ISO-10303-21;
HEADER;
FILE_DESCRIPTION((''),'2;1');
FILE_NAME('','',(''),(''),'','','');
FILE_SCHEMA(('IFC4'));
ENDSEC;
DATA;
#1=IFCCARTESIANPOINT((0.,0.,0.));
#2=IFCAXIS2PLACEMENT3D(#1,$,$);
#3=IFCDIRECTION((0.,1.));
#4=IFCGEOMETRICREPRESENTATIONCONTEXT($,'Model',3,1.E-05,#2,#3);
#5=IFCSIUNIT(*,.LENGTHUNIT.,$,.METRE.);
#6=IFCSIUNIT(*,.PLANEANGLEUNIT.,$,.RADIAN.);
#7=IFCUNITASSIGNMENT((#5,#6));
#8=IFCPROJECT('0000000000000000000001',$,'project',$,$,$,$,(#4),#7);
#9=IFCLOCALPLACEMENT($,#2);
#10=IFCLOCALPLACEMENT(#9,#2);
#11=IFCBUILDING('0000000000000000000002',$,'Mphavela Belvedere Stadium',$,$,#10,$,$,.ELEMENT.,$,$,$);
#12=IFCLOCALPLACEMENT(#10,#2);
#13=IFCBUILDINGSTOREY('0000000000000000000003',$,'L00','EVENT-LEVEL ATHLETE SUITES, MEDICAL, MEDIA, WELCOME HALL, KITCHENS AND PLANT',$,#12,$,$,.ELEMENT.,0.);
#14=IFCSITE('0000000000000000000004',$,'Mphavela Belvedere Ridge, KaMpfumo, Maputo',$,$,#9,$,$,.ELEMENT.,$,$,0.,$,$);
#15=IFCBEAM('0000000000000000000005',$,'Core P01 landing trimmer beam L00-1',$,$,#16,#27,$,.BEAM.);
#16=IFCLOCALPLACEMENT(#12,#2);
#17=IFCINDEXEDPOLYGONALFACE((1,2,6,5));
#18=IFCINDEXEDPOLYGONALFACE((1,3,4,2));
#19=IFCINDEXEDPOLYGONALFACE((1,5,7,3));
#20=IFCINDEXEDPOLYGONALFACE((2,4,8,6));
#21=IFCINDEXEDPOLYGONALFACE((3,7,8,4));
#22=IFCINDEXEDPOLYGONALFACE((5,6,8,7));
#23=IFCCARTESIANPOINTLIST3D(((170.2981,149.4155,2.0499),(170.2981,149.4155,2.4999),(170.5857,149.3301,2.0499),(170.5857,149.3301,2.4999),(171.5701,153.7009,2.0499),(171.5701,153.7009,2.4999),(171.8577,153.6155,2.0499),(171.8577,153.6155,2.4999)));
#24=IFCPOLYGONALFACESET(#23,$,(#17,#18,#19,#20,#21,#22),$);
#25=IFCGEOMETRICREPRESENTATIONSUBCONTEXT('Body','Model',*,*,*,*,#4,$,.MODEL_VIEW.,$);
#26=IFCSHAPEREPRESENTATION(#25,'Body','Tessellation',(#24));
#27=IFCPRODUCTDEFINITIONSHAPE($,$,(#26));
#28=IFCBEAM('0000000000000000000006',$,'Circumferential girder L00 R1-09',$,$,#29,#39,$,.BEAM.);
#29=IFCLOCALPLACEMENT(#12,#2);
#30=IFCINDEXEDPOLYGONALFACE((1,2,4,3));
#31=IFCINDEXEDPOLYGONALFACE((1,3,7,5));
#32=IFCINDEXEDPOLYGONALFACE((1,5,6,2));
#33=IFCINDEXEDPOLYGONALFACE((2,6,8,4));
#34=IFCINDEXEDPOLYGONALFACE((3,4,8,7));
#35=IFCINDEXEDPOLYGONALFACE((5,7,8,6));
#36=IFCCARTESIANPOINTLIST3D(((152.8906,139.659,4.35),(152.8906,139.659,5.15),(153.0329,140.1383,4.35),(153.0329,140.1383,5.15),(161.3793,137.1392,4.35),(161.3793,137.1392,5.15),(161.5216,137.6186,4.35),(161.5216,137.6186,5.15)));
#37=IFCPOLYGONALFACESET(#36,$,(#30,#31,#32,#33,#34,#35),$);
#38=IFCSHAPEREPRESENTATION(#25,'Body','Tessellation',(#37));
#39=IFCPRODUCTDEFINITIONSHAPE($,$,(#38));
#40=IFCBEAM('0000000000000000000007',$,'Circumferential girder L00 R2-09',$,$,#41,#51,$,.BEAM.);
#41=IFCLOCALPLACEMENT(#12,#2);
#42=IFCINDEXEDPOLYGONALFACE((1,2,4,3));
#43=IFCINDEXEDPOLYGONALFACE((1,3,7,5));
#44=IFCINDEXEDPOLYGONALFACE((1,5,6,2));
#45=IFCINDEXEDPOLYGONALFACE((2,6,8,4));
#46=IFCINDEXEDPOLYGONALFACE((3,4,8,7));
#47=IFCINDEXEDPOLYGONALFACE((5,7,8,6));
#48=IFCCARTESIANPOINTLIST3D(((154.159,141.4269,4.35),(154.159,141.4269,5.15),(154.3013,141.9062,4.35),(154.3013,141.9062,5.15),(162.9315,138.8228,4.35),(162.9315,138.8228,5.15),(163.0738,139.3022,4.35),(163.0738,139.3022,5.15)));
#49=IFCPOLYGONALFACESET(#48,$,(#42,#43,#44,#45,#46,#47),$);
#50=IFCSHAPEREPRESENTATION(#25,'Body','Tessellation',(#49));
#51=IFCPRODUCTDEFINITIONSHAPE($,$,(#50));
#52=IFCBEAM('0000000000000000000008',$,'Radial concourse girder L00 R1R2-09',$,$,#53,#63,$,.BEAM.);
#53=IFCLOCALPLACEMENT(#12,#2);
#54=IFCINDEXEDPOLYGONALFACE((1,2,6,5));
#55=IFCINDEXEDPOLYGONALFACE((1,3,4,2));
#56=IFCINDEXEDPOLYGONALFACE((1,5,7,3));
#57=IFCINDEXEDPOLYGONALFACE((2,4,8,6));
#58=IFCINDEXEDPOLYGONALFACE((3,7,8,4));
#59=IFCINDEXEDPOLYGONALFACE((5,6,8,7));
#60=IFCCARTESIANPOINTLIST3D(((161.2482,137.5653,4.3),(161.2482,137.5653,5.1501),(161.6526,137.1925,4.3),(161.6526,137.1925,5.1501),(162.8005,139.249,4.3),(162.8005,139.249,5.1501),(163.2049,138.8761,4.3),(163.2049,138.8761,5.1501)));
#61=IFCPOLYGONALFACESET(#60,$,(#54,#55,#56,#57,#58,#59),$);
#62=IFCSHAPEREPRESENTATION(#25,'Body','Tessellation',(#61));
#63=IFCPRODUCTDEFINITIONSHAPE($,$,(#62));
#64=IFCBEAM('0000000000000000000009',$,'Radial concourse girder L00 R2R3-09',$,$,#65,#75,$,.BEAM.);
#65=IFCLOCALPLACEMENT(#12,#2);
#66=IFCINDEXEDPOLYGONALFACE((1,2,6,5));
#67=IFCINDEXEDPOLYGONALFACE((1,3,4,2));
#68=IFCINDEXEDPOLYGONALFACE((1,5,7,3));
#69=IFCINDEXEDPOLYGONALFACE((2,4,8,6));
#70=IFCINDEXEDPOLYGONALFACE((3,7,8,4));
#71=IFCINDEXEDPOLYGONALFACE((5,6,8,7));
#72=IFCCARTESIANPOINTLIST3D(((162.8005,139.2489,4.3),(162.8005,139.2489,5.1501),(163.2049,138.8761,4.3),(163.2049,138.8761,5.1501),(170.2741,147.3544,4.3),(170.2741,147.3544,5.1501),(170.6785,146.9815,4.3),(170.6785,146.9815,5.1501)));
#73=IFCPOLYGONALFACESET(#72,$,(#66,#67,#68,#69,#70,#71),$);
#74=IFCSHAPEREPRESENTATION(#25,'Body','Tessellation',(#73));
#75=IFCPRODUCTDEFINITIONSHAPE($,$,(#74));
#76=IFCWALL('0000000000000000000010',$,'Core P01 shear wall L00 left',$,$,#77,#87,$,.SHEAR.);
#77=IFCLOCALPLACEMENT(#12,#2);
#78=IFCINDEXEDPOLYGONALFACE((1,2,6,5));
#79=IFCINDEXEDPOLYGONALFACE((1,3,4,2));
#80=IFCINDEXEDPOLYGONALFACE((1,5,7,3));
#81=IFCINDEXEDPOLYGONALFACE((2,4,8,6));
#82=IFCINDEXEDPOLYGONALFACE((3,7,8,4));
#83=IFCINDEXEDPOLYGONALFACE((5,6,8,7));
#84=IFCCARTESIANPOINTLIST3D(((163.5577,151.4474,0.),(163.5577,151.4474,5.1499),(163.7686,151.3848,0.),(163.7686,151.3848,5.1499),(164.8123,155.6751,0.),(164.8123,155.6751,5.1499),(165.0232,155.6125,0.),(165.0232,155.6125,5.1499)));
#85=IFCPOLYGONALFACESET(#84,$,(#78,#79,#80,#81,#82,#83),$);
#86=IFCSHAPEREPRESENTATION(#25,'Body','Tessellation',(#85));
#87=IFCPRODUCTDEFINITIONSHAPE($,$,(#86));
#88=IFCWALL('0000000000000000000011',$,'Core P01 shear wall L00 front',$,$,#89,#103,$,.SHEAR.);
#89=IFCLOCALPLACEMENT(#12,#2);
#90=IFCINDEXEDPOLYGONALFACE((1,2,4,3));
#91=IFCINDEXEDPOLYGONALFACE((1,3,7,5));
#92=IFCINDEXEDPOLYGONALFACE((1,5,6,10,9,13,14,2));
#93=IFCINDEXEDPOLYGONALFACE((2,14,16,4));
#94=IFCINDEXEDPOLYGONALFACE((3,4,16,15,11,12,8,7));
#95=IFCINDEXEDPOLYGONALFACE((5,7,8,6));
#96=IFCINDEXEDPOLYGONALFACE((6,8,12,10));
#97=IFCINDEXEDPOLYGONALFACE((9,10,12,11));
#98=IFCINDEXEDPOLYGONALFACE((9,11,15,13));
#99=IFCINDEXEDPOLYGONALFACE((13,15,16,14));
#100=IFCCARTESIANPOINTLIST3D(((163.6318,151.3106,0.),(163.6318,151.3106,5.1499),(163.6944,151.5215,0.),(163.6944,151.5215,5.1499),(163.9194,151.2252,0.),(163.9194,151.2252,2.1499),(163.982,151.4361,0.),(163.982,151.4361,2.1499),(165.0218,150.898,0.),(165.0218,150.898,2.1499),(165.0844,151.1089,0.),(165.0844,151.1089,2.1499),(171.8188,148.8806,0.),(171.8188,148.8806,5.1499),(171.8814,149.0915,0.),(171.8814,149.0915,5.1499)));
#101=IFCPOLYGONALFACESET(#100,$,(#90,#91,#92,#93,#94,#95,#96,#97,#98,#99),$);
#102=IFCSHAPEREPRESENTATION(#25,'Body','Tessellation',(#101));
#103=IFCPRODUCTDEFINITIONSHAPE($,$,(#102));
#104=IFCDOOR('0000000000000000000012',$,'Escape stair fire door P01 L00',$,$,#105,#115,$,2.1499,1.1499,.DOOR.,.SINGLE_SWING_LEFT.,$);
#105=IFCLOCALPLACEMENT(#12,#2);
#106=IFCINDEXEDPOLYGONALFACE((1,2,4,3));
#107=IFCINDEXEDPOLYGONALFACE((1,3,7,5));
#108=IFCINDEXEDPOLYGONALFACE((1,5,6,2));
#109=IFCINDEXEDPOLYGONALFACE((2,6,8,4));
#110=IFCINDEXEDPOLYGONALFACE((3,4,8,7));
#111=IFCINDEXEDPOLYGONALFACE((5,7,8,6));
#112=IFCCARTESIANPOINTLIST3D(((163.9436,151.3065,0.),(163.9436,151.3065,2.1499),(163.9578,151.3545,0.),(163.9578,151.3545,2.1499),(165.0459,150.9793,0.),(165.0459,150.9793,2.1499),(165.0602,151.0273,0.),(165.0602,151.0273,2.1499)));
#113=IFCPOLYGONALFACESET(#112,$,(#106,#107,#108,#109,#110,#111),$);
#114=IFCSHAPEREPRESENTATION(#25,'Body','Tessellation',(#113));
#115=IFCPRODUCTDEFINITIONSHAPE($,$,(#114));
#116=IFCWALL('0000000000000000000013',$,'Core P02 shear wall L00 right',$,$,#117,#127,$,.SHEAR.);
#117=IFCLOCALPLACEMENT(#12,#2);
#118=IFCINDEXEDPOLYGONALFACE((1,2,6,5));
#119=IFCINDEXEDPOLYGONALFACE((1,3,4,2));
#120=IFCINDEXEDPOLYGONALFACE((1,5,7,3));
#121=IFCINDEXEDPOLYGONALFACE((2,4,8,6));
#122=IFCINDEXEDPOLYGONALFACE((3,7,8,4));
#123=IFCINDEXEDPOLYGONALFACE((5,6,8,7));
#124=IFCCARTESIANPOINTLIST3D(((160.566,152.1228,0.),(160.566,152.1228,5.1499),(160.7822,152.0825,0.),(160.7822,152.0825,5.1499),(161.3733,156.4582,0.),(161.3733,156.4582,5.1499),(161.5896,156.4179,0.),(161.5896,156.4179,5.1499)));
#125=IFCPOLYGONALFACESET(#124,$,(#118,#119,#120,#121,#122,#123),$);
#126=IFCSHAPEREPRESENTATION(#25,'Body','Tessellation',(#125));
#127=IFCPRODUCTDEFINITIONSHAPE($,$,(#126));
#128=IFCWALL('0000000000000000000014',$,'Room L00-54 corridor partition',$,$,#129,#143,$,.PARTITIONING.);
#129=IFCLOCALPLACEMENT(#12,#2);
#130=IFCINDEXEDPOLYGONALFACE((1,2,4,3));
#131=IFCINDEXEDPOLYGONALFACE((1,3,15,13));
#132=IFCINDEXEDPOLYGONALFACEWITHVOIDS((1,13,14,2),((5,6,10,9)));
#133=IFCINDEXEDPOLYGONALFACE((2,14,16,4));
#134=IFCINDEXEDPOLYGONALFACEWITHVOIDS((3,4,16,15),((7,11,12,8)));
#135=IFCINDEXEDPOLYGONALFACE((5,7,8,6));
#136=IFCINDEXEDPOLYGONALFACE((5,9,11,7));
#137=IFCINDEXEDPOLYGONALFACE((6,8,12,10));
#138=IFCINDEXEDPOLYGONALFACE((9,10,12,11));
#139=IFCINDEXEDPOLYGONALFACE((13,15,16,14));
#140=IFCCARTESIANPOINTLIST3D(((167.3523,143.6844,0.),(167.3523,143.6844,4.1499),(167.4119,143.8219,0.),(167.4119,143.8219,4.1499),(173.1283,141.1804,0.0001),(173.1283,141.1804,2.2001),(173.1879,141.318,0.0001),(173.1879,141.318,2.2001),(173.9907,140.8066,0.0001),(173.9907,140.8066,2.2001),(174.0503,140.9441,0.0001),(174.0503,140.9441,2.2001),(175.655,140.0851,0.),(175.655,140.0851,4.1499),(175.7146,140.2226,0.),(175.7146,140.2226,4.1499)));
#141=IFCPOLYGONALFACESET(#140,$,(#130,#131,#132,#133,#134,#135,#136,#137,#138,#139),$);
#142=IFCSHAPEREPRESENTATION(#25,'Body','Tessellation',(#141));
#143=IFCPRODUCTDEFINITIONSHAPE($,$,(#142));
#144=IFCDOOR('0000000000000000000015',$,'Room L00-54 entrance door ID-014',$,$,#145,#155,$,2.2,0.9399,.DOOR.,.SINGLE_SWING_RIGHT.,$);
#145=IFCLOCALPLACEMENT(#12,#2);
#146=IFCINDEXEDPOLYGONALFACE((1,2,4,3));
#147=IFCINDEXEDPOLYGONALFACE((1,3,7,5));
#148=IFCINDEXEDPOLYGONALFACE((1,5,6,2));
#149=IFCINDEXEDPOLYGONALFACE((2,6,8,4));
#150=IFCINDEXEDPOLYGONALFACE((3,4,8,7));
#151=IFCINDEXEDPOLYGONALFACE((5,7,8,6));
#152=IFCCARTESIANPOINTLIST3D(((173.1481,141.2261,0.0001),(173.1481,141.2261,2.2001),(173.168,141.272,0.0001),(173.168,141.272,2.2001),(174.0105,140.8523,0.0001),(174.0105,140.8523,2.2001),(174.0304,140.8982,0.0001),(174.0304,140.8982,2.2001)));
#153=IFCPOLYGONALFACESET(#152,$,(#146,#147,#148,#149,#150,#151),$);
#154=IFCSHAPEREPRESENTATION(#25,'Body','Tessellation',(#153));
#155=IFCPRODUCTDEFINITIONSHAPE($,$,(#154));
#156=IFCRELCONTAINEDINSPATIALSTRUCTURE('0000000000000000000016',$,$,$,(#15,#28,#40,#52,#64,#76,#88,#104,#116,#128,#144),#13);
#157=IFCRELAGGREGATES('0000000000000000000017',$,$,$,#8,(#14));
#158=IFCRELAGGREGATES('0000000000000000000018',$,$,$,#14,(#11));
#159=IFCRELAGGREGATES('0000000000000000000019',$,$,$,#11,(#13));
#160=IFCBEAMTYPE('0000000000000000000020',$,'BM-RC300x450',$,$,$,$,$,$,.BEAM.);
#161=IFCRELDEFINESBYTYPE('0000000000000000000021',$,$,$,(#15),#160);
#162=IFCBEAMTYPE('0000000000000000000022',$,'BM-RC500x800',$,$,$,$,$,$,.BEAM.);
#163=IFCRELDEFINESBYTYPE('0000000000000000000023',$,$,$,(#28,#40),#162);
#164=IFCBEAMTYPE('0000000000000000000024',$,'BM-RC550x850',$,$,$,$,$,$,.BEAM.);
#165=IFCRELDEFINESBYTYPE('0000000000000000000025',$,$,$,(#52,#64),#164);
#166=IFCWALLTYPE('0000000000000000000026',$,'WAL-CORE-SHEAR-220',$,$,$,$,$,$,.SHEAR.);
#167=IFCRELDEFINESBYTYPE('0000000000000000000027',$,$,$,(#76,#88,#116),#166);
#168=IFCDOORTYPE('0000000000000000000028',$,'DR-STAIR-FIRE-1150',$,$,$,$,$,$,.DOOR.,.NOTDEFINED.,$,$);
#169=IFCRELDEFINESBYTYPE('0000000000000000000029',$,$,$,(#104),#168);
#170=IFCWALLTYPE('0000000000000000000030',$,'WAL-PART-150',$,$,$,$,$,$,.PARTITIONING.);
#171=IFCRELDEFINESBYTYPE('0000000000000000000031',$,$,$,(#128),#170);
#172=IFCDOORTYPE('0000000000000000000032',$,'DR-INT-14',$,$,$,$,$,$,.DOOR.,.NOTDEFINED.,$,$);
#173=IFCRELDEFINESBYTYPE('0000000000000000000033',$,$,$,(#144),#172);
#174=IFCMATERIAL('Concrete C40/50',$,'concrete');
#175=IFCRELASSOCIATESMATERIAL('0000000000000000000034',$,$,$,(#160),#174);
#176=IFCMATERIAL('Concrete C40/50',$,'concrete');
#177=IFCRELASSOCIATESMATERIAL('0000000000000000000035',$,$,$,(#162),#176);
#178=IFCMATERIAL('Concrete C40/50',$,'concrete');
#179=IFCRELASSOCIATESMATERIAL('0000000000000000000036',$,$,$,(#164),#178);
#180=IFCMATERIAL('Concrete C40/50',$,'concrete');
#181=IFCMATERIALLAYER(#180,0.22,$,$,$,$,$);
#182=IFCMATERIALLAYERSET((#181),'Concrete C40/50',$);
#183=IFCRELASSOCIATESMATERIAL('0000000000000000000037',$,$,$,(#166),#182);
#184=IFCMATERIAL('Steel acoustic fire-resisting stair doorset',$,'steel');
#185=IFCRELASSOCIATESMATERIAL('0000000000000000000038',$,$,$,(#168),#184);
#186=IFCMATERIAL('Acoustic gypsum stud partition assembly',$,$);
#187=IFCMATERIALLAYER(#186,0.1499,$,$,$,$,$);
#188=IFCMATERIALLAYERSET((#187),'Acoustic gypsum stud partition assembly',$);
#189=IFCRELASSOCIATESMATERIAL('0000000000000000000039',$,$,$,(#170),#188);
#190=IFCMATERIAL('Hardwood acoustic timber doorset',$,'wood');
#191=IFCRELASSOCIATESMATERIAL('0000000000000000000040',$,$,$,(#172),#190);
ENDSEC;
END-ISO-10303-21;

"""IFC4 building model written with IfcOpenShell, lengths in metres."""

from ifc_helpers import new_model, si_unit, direction, frame, frame_2d, origin, origin_2d, place, context, subcontext, project, spatial, rectangle, extrude, material, layer, layer_set, material_profile, profile_set, type_object, element, fill, save


model = new_model("IFC4")

# Units and contexts
model_context = context("Model", 3, precision=1e-05, world=origin(), true_north=direction((0.0, 1.0)))
body_context = subcontext(model_context, "Body", "Model", "MODEL_VIEW")
ifc_project = project(units=[si_unit("LENGTHUNIT", "METRE"), si_unit("PLANEANGLEUNIT", "RADIAN")], contexts=[model_context])

# Site, building, storey
site_placement = place(None, origin())
site = spatial("IfcSite", under=ifc_project, at=site_placement, Name="Mphavela Belvedere Ridge, KaMpfumo, Maputo", CompositionType="ELEMENT", RefElevation=0.0)
building_placement = place(site_placement, origin())
building = spatial("IfcBuilding", under=site, at=building_placement, Name="Mphavela Belvedere Stadium", CompositionType="ELEMENT")
storey_placement = place(building_placement, origin())
storey = spatial("IfcBuildingStorey", under=building, at=storey_placement, Name="L00", Description="EVENT-LEVEL ATHLETE SUITES, MEDICAL, MEDIA, WELCOME HALL, KITCHENS AND PLANT", CompositionType="ELEMENT", Elevation=0.0)

# Beams
ifc_material_1 = material(Name="Concrete C40/50", Category="concrete")
ifc_material_profile_1 = material_profile(ifc_material_1, rectangle(XDim=0.3, YDim=0.45, at=origin_2d()), Name="RC 300x450")
ifc_profile_set_1 = profile_set([ifc_material_profile_1], Name="Concrete C40/50")
beam_type_1 = type_object("IfcBeamType", Name="BM-RC300x450", PredefinedType="BEAM", material=ifc_profile_set_1)
beam_1_placement = place(storey_placement, frame((170.4419, 149.3728, 2.2749), z_axis=(0.284546, 0.958662, 0.0), x_axis=(-0.958662, 0.284546, 0.0)))
element("IfcBeam", 1, at=beam_1_placement, inside=storey, type_object=beam_type_1, Name="Core P01 landing trimmer beam L00-1", PredefinedType="BEAM", context=body_context, shape_type="SweptSolid", body=[
    extrude(rectangle(XDim=0.3, YDim=0.45, at=origin_2d()), origin(), (0.0, 0.0, 1.0), 4.4702),
])
ifc_material_2 = material(Name="Concrete C40/50", Category="concrete")
ifc_material_profile_2 = material_profile(ifc_material_2, rectangle(XDim=0.5, YDim=0.8, at=origin_2d()), Name="RC 500x800")
ifc_profile_set_2 = profile_set([ifc_material_profile_2], Name="Concrete C40/50")
beam_type_2 = type_object("IfcBeamType", Name="BM-RC500x800", PredefinedType="BEAM", material=ifc_profile_set_2)
beam_2_placement = place(storey_placement, frame((161.4504, 137.3789, 4.75), z_axis=(-0.958657, 0.284564, 0.0), x_axis=(-0.284564, -0.958657, 0.0)))
element("IfcBeam", 2, at=beam_2_placement, inside=storey, type_object=beam_type_2, Name="Circumferential girder L00 R1-09", PredefinedType="BEAM", context=body_context, shape_type="SweptSolid", body=[
    extrude(rectangle(XDim=0.5, YDim=0.8, at=origin_2d()), origin(), (0.0, 0.0, 1.0), 8.8547),
])
beam_3_placement = place(storey_placement, frame((163.0027, 139.0625, 4.75), z_axis=(-0.958656, 0.284566, 0.0), x_axis=(-0.284566, -0.958656, 0.0)))
element("IfcBeam", 3, at=beam_3_placement, inside=storey, type_object=beam_type_2, Name="Circumferential girder L00 R2-09", PredefinedType="BEAM", context=body_context, shape_type="SweptSolid", body=[
    extrude(rectangle(XDim=0.5, YDim=0.8, at=origin_2d()), origin(), (0.0, 0.0, 1.0), 9.1509),
])
ifc_material_3 = material(Name="Concrete C40/50", Category="concrete")
ifc_material_profile_3 = material_profile(ifc_material_3, rectangle(XDim=0.55, YDim=0.8501, at=origin_2d()), Name="RC 550x850")
ifc_profile_set_3 = profile_set([ifc_material_profile_3], Name="Concrete C40/50")
beam_type_3 = type_object("IfcBeamType", Name="BM-RC550x850", PredefinedType="BEAM", material=ifc_profile_set_3)
beam_4_placement = place(storey_placement, frame((161.4504, 137.3789, 4.7251), z_axis=(0.677846, 0.735204, 0.0), x_axis=(-0.735204, 0.677846, 0.0)))
element("IfcBeam", 4, at=beam_4_placement, inside=storey, type_object=beam_type_3, Name="Radial concourse girder L00 R1R2-09", PredefinedType="BEAM", context=body_context, shape_type="SweptSolid", body=[
    extrude(rectangle(XDim=0.55, YDim=0.8501, at=origin_2d()), origin(), (0.0, 0.0, 1.0), 2.29),
])
beam_5_placement = place(storey_placement, frame((163.0027, 139.0625, 4.7251), z_axis=(0.677872, 0.73518, 0.0), x_axis=(-0.73518, 0.677872, 0.0)))
element("IfcBeam", 5, at=beam_5_placement, inside=storey, type_object=beam_type_3, Name="Radial concourse girder L00 R2R3-09", PredefinedType="BEAM", context=body_context, shape_type="SweptSolid", body=[
    extrude(rectangle(XDim=0.55, YDim=0.8501, at=origin_2d()), origin(), (0.0, 0.0, 1.0), 11.0251),
])

# Wall
ifc_material_4 = material(Name="Concrete C40/50", Category="concrete")
ifc_layer_1 = layer(ifc_material_4, 0.22)
ifc_layer_set_1 = layer_set([ifc_layer_1], Name="Concrete C40/50")
wall_type_1 = type_object("IfcWallType", Name="WAL-CORE-SHEAR-220", PredefinedType="SHEAR", material=ifc_layer_set_1)
wall_1_placement = place(storey_placement, frame((163.6631, 151.416, 0.0), z_axis=(0.0, 0.0, 1.0), x_axis=(0.284497, 0.958677, 0.0)))
element("IfcWall", 6, at=wall_1_placement, inside=storey, type_object=wall_type_1, Name="Core P01 shear wall L00 left", PredefinedType="SHEAR", context=body_context, shape_type="SweptSolid", body=[
    extrude(rectangle(XDim=4.4099, YDim=0.22, at=frame_2d((2.2051, 0.0))), origin(), (0.0, 0.0, 1.0), 5.1499),
])

# Wall, opening, door
wall_2_placement = place(storey_placement, frame((163.6631, 151.416, 0.0), z_axis=(0.0, 0.0, 1.0), x_axis=(0.958666, -0.284535, 0.0)))
wall_2 = element("IfcWall", 7, at=wall_2_placement, inside=storey, type_object=wall_type_1, Name="Core P01 shear wall L00 front", PredefinedType="SHEAR", context=body_context, shape_type="SweptSolid", body=[
    extrude(rectangle(XDim=8.54, YDim=0.22, at=frame_2d((4.27, 0.0))), origin(), (0.0, 0.0, 1.0), 5.1499),
])
opening_1_placement = place(wall_2_placement, frame((0.3, 0.0, 0.0)))
opening_1 = element("IfcOpeningElement", 8, at=opening_1_placement, cuts=wall_2, PredefinedType="OPENING", context=body_context, shape_type="SweptSolid", body=[
    extrude(rectangle(XDim=1.1499, YDim=2.1499, at=frame_2d((0.575, 1.075))), frame((0.0, 0.1201, 0.0), z_axis=(0.0, -1.0, 0.0), x_axis=(1.0, 0.0, 0.0)), (0.0, 0.0, 1.0), 0.24),
])
ifc_material_5 = material(Name="Steel acoustic fire-resisting stair doorset", Category="steel")
door_type_1 = type_object("IfcDoorType", Name="DR-STAIR-FIRE-1150", OperationType="NOTDEFINED", PredefinedType="DOOR", material=ifc_material_5)
door_1_placement = place(opening_1_placement, origin())
door_1 = element("IfcDoor", 9, at=door_1_placement, inside=storey, type_object=door_type_1, Name="Escape stair fire door P01 L00", OperationType="SINGLE_SWING_LEFT", OverallHeight=2.1499, OverallWidth=1.1499, PredefinedType="DOOR", context=body_context, shape_type="SweptSolid", body=[
    extrude(rectangle(XDim=1.1499, YDim=2.1499, at=frame_2d((0.575, 1.075))), frame((0.0, 0.0249, 0.0), z_axis=(0.0, -1.0, 0.0), x_axis=(1.0, 0.0, 0.0)), (0.0, 0.0, 1.0), 0.05),
])
fill(opening_1, door_1)

# Wall
wall_3_placement = place(storey_placement, frame((160.6741, 152.1025, 0.0), z_axis=(0.0, 0.0, 1.0), x_axis=(0.183078, 0.983098, 0.0)))
element("IfcWall", 10, at=wall_3_placement, inside=storey, type_object=wall_type_1, Name="Core P02 shear wall L00 right", PredefinedType="SHEAR", context=body_context, shape_type="SweptSolid", body=[
    extrude(rectangle(XDim=4.4099, YDim=0.22, at=frame_2d((2.2051, 0.0))), origin(), (0.0, 0.0, 1.0), 5.1499),
])

# Wall, opening, door
ifc_material_6 = material(Name="Acoustic gypsum stud partition assembly")
ifc_layer_2 = layer(ifc_material_6, 0.1499)
ifc_layer_set_2 = layer_set([ifc_layer_2], Name="Acoustic gypsum stud partition assembly")
wall_type_2 = type_object("IfcWallType", Name="WAL-PART-150", PredefinedType="PARTITIONING", material=ifc_layer_set_2)
wall_4_placement = place(storey_placement, frame((167.3821, 143.7532, 0.0), z_axis=(0.0, 0.0, 1.0), x_axis=(0.917495, -0.397748, 0.0)))
wall_4 = element("IfcWall", 11, at=wall_4_placement, inside=storey, type_object=wall_type_2, Name="Room L00-54 corridor partition", PredefinedType="PARTITIONING", context=body_context, shape_type="SweptSolid", body=[
    extrude(rectangle(XDim=9.0493, YDim=0.1499, at=frame_2d((4.5247, 0.0))), origin(), (0.0, 0.0, 1.0), 4.1499),
])
opening_2_placement = place(wall_4_placement, frame((6.2954, 0.0, 0.0)))
opening_2 = element("IfcOpeningElement", 12, at=opening_2_placement, cuts=wall_4, PredefinedType="OPENING", context=body_context, shape_type="SweptSolid", body=[
    extrude(rectangle(XDim=0.9399, YDim=2.2, at=frame_2d((0.47, 1.1001))), frame((0.0, 0.085, 0.0), z_axis=(0.0, -1.0, 0.0), x_axis=(1.0, 0.0, 0.0)), (0.0, 0.0, 1.0), 0.1699),
])
ifc_material_7 = material(Name="Hardwood acoustic timber doorset", Category="wood")
door_type_2 = type_object("IfcDoorType", Name="DR-INT-14", OperationType="NOTDEFINED", PredefinedType="DOOR", material=ifc_material_7)
door_2_placement = place(opening_2_placement, origin())
door_2 = element("IfcDoor", 13, at=door_2_placement, inside=storey, type_object=door_type_2, Name="Room L00-54 entrance door ID-014", OperationType="SINGLE_SWING_RIGHT", OverallHeight=2.2, OverallWidth=0.9399, PredefinedType="DOOR", context=body_context, shape_type="SweptSolid", body=[
    extrude(rectangle(XDim=0.9399, YDim=2.2, at=frame_2d((0.47, 1.1001))), frame((0.0, 0.0249, 0.0), z_axis=(0.0, -1.0, 0.0), x_axis=(1.0, 0.0, 0.0)), (0.0, 0.0, 1.0), 0.05),
])
fill(opening_2, door_2)

save(model, "model.ifc")
